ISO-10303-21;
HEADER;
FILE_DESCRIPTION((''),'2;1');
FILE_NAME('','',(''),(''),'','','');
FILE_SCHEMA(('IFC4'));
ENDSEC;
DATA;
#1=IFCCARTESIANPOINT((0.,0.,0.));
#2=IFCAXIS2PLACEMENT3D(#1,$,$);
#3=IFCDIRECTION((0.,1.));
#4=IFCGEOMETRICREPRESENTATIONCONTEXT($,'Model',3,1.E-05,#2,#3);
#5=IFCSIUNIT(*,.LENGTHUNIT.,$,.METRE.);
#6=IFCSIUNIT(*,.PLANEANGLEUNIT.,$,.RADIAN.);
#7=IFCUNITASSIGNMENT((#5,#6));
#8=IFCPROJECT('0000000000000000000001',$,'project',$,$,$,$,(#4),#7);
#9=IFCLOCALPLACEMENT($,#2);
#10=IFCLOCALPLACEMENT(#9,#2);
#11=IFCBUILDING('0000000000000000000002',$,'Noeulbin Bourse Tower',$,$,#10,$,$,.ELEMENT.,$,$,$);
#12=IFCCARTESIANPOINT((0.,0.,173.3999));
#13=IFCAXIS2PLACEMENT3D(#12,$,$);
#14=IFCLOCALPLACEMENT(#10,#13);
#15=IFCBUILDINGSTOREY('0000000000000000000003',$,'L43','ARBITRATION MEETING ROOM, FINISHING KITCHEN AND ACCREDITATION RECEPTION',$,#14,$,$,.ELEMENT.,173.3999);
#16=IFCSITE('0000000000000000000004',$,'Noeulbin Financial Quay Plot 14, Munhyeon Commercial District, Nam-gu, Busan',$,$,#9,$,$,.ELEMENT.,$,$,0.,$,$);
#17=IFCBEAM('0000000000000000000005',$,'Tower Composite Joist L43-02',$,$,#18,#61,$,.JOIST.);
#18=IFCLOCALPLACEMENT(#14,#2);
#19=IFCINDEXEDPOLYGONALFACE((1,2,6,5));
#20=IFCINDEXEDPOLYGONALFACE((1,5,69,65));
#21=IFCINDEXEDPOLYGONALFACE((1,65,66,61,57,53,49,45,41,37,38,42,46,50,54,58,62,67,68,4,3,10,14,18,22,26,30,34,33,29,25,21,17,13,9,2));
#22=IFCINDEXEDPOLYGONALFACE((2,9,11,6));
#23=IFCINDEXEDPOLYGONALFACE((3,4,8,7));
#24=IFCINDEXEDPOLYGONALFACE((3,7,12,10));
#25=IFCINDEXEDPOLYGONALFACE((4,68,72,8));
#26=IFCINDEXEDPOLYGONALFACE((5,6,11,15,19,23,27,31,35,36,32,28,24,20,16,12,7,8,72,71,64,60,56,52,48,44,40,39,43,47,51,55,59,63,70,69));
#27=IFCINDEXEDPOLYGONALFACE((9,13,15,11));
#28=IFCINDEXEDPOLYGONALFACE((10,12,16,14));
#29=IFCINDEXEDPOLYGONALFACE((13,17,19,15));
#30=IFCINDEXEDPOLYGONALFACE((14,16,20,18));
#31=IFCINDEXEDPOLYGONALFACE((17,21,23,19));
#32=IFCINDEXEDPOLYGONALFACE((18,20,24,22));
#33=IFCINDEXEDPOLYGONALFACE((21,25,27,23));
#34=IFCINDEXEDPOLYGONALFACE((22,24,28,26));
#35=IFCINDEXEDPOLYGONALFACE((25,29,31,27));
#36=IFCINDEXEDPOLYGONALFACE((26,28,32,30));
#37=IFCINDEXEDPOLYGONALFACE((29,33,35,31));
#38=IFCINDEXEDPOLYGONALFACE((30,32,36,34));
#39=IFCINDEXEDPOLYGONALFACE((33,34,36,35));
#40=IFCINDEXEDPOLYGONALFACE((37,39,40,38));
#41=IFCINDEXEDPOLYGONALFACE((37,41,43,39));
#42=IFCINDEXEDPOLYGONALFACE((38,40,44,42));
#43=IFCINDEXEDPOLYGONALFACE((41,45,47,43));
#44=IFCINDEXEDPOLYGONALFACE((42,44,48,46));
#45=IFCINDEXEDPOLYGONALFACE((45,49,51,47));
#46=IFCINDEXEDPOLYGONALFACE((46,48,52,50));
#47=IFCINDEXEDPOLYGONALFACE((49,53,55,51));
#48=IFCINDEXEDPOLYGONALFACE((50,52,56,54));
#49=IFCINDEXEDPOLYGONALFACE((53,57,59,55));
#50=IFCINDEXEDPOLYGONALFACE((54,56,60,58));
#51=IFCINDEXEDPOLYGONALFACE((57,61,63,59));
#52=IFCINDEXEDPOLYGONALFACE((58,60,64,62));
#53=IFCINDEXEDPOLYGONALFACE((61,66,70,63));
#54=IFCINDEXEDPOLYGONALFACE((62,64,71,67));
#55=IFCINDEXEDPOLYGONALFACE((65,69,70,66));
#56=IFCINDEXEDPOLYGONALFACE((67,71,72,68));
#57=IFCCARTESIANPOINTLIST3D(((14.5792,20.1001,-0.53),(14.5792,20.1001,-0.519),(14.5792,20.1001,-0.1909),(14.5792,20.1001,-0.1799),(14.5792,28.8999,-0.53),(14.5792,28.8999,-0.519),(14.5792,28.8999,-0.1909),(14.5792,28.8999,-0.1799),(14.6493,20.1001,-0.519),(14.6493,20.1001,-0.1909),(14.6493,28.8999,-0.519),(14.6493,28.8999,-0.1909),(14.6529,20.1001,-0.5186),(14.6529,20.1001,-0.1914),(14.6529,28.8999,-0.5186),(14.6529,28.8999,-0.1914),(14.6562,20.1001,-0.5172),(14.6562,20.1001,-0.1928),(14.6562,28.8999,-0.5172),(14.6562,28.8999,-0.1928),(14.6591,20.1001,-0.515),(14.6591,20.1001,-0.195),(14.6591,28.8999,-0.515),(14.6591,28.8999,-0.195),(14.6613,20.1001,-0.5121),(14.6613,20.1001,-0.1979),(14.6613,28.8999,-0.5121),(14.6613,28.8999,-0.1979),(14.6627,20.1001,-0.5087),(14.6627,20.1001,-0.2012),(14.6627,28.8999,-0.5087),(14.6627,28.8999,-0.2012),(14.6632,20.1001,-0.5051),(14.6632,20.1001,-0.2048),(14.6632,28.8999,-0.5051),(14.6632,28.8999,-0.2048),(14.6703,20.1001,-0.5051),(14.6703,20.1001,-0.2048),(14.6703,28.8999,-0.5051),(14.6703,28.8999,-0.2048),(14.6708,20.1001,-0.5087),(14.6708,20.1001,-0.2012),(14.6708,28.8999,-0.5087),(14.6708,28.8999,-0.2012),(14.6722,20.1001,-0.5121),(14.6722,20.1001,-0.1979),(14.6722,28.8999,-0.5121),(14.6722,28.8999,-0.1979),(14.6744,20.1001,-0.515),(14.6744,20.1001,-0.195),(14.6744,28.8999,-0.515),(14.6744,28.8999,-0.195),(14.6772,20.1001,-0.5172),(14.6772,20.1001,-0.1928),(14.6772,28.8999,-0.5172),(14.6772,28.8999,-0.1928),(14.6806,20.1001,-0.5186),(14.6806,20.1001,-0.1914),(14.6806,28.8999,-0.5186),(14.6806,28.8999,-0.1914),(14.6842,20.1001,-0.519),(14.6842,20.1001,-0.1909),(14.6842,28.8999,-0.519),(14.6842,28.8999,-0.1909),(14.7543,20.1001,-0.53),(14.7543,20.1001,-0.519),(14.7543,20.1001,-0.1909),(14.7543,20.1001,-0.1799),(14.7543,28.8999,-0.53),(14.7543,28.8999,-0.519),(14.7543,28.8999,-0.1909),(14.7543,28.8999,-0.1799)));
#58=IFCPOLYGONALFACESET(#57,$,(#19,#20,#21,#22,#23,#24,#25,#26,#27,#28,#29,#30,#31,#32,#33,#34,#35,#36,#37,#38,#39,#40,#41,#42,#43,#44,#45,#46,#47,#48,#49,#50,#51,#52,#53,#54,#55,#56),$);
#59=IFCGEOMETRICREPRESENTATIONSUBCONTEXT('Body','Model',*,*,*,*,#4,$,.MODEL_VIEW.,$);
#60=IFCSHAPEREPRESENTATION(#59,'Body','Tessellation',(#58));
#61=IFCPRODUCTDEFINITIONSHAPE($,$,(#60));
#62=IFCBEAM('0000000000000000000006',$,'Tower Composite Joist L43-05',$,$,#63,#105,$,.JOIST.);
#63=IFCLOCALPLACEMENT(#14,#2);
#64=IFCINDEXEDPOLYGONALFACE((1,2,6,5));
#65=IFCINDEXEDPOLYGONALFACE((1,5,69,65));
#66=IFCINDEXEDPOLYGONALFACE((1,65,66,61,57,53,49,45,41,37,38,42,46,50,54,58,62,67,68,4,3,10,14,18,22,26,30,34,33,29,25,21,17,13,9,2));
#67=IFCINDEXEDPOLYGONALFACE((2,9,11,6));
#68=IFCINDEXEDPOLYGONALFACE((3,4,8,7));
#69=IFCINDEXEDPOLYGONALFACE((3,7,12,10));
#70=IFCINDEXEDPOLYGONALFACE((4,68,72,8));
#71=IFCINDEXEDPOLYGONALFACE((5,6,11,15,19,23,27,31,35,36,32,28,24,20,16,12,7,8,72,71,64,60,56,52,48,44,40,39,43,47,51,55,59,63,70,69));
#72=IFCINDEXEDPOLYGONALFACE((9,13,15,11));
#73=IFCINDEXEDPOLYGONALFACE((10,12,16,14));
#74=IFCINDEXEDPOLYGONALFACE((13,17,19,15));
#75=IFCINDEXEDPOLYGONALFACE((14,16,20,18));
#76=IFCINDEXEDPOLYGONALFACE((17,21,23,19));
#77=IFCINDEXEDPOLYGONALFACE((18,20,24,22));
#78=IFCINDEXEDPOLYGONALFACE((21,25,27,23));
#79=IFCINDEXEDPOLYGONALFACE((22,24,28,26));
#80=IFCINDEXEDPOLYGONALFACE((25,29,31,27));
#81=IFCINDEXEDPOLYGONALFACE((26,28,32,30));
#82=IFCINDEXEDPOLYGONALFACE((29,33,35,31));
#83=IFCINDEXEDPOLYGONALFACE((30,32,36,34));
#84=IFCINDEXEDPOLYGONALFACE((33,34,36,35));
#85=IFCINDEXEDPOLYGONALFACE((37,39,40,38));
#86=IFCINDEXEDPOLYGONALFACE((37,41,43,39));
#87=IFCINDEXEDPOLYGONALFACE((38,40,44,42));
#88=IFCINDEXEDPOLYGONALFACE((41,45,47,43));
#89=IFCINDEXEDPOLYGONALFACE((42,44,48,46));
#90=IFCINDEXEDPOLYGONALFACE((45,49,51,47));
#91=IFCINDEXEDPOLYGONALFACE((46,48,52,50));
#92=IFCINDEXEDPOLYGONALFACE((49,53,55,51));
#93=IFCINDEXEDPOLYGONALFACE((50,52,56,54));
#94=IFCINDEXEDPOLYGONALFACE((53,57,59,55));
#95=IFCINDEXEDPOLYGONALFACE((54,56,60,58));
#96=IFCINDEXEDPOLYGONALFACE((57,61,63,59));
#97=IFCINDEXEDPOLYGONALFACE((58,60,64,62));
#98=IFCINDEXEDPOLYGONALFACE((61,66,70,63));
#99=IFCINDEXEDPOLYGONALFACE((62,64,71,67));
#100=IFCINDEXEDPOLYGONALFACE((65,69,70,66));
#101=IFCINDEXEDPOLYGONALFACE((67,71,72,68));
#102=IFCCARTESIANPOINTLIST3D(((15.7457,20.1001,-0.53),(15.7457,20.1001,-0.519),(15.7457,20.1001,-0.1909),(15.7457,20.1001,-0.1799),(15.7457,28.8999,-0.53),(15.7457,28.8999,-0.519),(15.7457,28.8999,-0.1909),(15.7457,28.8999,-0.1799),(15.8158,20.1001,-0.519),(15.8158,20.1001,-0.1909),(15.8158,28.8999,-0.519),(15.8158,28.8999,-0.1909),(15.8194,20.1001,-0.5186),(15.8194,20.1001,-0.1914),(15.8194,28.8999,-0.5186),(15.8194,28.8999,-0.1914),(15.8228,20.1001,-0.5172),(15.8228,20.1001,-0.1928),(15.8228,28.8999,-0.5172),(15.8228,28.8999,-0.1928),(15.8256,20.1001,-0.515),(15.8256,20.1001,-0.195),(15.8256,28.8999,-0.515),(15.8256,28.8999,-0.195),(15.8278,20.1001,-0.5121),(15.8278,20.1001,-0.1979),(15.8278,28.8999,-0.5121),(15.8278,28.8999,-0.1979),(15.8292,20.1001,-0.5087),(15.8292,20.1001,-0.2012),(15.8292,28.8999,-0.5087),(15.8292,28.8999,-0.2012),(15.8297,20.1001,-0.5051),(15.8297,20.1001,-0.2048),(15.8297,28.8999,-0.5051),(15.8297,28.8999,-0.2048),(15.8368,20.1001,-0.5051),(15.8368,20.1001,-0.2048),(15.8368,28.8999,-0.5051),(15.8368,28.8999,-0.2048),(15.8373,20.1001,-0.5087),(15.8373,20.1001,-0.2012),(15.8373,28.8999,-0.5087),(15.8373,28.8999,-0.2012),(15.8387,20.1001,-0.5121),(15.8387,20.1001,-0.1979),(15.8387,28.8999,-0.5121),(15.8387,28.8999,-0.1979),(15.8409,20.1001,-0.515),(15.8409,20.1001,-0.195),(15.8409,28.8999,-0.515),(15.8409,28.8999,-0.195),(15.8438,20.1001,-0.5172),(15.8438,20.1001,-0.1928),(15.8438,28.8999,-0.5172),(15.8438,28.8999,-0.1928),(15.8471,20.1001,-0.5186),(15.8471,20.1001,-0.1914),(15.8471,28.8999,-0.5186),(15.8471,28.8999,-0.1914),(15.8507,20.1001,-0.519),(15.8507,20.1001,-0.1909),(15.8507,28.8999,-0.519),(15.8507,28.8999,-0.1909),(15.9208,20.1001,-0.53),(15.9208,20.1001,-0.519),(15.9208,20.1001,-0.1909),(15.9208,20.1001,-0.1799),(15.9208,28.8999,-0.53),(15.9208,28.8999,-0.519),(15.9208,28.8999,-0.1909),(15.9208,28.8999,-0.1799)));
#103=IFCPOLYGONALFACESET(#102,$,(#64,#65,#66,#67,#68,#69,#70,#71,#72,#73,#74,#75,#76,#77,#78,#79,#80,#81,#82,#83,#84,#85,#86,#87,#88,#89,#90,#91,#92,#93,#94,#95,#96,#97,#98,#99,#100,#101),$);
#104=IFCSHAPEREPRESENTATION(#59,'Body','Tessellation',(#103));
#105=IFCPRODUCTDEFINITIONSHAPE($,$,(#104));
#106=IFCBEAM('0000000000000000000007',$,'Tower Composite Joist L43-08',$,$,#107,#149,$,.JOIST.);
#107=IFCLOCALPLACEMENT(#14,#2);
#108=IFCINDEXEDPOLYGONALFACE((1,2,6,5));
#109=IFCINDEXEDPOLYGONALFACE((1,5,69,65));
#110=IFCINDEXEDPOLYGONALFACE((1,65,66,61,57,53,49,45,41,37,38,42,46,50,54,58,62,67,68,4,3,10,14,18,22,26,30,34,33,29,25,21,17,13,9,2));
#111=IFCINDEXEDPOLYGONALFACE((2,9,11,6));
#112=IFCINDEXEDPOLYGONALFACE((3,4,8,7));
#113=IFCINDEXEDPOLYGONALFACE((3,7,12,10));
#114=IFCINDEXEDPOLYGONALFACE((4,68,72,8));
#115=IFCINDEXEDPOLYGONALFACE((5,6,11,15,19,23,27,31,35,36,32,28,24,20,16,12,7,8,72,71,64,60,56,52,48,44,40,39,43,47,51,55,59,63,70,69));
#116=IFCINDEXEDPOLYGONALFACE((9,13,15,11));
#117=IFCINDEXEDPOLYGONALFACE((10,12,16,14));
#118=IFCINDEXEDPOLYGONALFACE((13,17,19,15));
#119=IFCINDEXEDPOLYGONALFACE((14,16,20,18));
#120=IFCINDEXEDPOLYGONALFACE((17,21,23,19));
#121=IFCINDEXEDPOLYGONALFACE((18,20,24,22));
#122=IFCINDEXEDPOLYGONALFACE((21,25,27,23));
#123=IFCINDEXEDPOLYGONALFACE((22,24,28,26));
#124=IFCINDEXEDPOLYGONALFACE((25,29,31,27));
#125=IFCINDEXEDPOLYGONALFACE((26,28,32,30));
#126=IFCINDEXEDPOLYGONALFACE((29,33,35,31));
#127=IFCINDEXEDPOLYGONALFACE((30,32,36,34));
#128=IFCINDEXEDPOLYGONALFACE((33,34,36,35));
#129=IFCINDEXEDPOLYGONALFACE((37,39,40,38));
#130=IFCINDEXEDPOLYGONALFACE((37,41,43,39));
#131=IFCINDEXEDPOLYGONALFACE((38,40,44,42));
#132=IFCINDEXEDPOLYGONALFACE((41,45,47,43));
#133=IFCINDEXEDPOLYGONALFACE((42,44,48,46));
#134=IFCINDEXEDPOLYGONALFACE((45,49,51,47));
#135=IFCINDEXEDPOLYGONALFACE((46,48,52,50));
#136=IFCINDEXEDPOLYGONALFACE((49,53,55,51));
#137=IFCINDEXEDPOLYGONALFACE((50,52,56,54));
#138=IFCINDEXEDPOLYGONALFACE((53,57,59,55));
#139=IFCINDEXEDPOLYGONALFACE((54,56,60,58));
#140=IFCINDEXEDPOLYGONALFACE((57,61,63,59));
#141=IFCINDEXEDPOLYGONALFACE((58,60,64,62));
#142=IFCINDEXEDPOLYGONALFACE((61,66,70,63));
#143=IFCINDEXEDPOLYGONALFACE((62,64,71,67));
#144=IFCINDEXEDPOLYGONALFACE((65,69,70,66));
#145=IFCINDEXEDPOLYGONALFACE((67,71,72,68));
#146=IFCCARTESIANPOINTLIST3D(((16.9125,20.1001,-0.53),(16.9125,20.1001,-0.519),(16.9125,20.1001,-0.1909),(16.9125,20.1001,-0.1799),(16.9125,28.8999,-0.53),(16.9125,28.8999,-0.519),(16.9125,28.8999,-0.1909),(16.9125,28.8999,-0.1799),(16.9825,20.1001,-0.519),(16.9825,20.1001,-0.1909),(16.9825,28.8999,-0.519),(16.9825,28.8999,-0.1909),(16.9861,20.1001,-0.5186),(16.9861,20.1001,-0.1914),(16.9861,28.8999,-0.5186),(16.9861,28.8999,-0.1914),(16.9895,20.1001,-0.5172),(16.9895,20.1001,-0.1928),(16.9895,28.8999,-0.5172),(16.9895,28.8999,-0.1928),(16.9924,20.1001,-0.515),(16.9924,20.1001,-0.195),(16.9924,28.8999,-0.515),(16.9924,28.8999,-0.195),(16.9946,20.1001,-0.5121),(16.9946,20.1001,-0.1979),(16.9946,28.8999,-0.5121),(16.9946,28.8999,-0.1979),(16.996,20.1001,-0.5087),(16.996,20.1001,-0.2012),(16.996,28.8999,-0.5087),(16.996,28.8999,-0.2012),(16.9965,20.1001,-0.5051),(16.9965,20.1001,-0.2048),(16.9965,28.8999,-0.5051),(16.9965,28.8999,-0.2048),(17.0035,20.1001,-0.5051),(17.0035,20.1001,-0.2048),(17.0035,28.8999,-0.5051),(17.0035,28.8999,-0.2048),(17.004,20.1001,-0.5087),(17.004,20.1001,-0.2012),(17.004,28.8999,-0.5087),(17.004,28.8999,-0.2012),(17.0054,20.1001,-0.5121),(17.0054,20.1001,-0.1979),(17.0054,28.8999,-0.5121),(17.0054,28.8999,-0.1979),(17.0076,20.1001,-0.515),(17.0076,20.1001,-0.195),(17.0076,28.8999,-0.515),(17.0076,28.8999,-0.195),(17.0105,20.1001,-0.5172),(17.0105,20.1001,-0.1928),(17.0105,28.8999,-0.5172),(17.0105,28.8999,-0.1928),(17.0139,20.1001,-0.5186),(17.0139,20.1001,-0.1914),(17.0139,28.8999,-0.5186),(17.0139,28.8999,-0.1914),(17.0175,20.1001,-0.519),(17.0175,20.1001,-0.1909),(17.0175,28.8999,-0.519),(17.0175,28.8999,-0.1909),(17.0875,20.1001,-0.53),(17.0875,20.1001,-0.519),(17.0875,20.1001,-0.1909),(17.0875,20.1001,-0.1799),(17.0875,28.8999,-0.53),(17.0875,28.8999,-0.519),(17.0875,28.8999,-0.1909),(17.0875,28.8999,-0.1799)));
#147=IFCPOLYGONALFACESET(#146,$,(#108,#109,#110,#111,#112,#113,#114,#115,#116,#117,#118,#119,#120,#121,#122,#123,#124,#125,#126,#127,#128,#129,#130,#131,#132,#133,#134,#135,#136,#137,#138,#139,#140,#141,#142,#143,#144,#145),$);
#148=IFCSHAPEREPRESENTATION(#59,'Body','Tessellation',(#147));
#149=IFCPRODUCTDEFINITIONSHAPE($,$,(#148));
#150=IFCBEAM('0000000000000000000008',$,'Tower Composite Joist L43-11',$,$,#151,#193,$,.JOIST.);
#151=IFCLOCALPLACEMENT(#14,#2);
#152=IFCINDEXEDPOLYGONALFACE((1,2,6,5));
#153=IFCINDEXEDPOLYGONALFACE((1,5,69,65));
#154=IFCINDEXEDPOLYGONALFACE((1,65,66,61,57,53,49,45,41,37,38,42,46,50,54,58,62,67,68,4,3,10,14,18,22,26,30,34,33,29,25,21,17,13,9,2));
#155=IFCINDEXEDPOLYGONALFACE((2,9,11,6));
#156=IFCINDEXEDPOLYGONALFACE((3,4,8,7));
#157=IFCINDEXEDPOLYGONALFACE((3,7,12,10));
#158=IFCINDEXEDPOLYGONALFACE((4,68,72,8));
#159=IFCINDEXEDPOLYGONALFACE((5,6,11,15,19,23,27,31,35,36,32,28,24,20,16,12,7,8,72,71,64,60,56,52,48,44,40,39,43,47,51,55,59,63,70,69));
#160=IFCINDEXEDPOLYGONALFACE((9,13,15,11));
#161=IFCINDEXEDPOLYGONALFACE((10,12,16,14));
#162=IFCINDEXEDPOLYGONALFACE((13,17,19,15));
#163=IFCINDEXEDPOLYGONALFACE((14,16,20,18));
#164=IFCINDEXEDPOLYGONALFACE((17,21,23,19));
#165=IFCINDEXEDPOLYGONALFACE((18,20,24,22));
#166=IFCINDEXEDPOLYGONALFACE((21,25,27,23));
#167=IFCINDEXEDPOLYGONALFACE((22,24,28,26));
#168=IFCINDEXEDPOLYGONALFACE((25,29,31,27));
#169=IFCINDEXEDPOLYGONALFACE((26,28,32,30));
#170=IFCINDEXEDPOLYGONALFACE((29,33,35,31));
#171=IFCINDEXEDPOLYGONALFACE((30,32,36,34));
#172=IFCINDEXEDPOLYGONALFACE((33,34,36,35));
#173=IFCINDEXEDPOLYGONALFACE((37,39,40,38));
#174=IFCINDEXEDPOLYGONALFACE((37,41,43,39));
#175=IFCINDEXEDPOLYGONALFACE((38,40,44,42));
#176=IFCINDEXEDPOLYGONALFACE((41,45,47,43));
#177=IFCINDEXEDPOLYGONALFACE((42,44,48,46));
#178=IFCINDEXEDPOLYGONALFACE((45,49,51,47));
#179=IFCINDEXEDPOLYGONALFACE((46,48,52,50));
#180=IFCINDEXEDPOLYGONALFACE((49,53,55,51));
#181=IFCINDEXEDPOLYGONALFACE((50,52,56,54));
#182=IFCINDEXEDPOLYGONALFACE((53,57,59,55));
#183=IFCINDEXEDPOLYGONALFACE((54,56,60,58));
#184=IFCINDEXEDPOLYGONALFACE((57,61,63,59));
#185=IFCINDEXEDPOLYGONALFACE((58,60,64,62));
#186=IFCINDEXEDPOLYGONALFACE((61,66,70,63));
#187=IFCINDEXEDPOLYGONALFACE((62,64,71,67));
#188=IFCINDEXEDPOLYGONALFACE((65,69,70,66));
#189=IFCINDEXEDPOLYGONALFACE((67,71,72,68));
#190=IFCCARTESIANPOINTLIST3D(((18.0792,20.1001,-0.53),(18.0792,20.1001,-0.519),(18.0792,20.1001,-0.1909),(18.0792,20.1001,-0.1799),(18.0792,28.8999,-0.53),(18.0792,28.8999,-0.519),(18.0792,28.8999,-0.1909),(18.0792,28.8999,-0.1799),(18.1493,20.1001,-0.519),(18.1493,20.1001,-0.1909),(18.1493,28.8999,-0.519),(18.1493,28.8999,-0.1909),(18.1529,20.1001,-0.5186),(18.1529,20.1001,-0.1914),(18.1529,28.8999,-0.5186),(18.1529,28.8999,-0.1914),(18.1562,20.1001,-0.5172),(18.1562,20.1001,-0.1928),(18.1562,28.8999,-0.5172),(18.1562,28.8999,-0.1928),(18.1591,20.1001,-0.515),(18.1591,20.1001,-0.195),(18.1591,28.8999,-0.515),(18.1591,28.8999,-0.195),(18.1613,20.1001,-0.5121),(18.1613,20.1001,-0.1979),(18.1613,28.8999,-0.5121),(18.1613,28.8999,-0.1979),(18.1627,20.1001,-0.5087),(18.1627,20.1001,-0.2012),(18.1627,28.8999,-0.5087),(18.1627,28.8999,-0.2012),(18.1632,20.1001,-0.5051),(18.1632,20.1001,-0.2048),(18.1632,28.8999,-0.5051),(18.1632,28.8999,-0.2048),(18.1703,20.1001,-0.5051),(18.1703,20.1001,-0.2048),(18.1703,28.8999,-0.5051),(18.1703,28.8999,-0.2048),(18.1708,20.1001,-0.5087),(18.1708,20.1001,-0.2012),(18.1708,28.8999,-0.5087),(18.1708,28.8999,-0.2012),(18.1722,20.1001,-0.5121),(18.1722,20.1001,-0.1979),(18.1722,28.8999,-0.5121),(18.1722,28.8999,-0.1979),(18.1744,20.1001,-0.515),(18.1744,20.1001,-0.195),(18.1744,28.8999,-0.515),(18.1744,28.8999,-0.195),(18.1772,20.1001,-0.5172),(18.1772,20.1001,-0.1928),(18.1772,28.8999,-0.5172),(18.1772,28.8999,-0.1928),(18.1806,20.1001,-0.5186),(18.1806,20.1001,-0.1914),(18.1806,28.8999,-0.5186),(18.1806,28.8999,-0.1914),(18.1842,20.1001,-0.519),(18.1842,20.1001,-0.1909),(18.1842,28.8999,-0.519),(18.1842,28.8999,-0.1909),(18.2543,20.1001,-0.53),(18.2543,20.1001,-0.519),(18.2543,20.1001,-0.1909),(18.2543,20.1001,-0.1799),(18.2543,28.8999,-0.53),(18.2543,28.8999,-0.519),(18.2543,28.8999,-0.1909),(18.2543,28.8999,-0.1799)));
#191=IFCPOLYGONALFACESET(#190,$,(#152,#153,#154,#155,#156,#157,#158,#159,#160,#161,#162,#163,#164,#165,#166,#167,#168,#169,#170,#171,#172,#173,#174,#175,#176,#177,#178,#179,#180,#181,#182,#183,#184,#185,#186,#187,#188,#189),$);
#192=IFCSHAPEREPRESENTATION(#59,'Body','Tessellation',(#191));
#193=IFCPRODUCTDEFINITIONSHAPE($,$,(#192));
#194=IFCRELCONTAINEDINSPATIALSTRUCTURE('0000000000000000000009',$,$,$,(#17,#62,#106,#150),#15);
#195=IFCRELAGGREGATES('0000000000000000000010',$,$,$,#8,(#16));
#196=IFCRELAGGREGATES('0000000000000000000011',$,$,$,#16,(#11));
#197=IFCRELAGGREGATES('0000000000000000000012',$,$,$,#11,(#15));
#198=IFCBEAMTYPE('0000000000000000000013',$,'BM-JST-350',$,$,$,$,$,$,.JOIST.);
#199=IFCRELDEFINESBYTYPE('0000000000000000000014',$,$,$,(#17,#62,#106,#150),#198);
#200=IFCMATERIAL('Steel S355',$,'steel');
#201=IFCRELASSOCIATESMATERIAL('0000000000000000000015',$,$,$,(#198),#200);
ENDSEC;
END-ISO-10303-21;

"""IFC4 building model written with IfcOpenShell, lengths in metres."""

from ifc_helpers import new_model, si_unit, direction, frame, origin, origin_2d, place, context, subcontext, project, spatial, i_section, extrude, material, material_profile, profile_set, type_object, element, save


model = new_model("IFC4")

# Units and contexts
model_context = context("Model", 3, precision=1e-05, world=origin(), true_north=direction((0.0, 1.0)))
body_context = subcontext(model_context, "Body", "Model", "MODEL_VIEW")
ifc_project = project(units=[si_unit("LENGTHUNIT", "METRE"), si_unit("PLANEANGLEUNIT", "RADIAN")], contexts=[model_context])

# Site, building, storey
site_placement = place(None, origin())
site = spatial("IfcSite", under=ifc_project, at=site_placement, Name="Noeulbin Financial Quay Plot 14, Munhyeon Commercial District, Nam-gu, Busan", CompositionType="ELEMENT", RefElevation=0.0)
building_placement = place(site_placement, origin())
building = spatial("IfcBuilding", under=site, at=building_placement, Name="Noeulbin Bourse Tower", CompositionType="ELEMENT")
storey_placement = place(building_placement, frame((0.0, 0.0, 173.3999)))
storey = spatial("IfcBuildingStorey", under=building, at=storey_placement, Name="L43", Description="ARBITRATION MEETING ROOM, FINISHING KITCHEN AND ACCREDITATION RECEPTION", CompositionType="ELEMENT", Elevation=173.3999)

# Shared definitions
ifc_material_1 = material(Name="Steel S355", Category="steel")

# Beams
ifc_material_profile_1 = material_profile(ifc_material_1, i_section(OverallWidth=0.175, OverallDepth=0.3501, WebThickness=0.0071, FlangeThickness=0.011, FilletRadius=0.0139, at=origin_2d()), Name="H-350x175x7x11", Category="LoadBearing")
ifc_profile_set_1 = profile_set([ifc_material_profile_1], Name="Steel S355")
beam_type_1 = type_object("IfcBeamType", Name="BM-JST-350", PredefinedType="JOIST", material=ifc_profile_set_1)
for number, where, z_axis, x_axis, name in (
    (1, (14.6667, 20.1001, -0.355), (0.0, 1.0, 0.0), (-1.0, 0.0, 0.0), "Tower Composite Joist L43-02"),
    (2, (15.8333, 20.1001, -0.355), (0.0, 1.0, 0.0), (-1.0, 0.0, 0.0), "Tower Composite Joist L43-05"),
    (3, (17.0, 20.1001, -0.355), (0.0, 1.0, 0.0), (-1.0, 0.0, 0.0), "Tower Composite Joist L43-08"),
    (4, (18.1667, 20.1001, -0.355), (0.0, 1.0, 0.0), (-1.0, 0.0, 0.0), "Tower Composite Joist L43-11"),
):
    element("IfcBeam", number, at=place(storey_placement, frame(where, z_axis=z_axis, x_axis=x_axis)), inside=storey, type_object=beam_type_1, Name=name, PredefinedType="JOIST", context=body_context, shape_type="SweptSolid", body=[
        extrude(i_section(OverallWidth=0.175, OverallDepth=0.3501, WebThickness=0.0071, FlangeThickness=0.011, FilletRadius=0.0139, at=origin_2d()), origin(), (0.0, 0.0, 1.0), 8.7998),
    ])

save(model, "model.ifc")
